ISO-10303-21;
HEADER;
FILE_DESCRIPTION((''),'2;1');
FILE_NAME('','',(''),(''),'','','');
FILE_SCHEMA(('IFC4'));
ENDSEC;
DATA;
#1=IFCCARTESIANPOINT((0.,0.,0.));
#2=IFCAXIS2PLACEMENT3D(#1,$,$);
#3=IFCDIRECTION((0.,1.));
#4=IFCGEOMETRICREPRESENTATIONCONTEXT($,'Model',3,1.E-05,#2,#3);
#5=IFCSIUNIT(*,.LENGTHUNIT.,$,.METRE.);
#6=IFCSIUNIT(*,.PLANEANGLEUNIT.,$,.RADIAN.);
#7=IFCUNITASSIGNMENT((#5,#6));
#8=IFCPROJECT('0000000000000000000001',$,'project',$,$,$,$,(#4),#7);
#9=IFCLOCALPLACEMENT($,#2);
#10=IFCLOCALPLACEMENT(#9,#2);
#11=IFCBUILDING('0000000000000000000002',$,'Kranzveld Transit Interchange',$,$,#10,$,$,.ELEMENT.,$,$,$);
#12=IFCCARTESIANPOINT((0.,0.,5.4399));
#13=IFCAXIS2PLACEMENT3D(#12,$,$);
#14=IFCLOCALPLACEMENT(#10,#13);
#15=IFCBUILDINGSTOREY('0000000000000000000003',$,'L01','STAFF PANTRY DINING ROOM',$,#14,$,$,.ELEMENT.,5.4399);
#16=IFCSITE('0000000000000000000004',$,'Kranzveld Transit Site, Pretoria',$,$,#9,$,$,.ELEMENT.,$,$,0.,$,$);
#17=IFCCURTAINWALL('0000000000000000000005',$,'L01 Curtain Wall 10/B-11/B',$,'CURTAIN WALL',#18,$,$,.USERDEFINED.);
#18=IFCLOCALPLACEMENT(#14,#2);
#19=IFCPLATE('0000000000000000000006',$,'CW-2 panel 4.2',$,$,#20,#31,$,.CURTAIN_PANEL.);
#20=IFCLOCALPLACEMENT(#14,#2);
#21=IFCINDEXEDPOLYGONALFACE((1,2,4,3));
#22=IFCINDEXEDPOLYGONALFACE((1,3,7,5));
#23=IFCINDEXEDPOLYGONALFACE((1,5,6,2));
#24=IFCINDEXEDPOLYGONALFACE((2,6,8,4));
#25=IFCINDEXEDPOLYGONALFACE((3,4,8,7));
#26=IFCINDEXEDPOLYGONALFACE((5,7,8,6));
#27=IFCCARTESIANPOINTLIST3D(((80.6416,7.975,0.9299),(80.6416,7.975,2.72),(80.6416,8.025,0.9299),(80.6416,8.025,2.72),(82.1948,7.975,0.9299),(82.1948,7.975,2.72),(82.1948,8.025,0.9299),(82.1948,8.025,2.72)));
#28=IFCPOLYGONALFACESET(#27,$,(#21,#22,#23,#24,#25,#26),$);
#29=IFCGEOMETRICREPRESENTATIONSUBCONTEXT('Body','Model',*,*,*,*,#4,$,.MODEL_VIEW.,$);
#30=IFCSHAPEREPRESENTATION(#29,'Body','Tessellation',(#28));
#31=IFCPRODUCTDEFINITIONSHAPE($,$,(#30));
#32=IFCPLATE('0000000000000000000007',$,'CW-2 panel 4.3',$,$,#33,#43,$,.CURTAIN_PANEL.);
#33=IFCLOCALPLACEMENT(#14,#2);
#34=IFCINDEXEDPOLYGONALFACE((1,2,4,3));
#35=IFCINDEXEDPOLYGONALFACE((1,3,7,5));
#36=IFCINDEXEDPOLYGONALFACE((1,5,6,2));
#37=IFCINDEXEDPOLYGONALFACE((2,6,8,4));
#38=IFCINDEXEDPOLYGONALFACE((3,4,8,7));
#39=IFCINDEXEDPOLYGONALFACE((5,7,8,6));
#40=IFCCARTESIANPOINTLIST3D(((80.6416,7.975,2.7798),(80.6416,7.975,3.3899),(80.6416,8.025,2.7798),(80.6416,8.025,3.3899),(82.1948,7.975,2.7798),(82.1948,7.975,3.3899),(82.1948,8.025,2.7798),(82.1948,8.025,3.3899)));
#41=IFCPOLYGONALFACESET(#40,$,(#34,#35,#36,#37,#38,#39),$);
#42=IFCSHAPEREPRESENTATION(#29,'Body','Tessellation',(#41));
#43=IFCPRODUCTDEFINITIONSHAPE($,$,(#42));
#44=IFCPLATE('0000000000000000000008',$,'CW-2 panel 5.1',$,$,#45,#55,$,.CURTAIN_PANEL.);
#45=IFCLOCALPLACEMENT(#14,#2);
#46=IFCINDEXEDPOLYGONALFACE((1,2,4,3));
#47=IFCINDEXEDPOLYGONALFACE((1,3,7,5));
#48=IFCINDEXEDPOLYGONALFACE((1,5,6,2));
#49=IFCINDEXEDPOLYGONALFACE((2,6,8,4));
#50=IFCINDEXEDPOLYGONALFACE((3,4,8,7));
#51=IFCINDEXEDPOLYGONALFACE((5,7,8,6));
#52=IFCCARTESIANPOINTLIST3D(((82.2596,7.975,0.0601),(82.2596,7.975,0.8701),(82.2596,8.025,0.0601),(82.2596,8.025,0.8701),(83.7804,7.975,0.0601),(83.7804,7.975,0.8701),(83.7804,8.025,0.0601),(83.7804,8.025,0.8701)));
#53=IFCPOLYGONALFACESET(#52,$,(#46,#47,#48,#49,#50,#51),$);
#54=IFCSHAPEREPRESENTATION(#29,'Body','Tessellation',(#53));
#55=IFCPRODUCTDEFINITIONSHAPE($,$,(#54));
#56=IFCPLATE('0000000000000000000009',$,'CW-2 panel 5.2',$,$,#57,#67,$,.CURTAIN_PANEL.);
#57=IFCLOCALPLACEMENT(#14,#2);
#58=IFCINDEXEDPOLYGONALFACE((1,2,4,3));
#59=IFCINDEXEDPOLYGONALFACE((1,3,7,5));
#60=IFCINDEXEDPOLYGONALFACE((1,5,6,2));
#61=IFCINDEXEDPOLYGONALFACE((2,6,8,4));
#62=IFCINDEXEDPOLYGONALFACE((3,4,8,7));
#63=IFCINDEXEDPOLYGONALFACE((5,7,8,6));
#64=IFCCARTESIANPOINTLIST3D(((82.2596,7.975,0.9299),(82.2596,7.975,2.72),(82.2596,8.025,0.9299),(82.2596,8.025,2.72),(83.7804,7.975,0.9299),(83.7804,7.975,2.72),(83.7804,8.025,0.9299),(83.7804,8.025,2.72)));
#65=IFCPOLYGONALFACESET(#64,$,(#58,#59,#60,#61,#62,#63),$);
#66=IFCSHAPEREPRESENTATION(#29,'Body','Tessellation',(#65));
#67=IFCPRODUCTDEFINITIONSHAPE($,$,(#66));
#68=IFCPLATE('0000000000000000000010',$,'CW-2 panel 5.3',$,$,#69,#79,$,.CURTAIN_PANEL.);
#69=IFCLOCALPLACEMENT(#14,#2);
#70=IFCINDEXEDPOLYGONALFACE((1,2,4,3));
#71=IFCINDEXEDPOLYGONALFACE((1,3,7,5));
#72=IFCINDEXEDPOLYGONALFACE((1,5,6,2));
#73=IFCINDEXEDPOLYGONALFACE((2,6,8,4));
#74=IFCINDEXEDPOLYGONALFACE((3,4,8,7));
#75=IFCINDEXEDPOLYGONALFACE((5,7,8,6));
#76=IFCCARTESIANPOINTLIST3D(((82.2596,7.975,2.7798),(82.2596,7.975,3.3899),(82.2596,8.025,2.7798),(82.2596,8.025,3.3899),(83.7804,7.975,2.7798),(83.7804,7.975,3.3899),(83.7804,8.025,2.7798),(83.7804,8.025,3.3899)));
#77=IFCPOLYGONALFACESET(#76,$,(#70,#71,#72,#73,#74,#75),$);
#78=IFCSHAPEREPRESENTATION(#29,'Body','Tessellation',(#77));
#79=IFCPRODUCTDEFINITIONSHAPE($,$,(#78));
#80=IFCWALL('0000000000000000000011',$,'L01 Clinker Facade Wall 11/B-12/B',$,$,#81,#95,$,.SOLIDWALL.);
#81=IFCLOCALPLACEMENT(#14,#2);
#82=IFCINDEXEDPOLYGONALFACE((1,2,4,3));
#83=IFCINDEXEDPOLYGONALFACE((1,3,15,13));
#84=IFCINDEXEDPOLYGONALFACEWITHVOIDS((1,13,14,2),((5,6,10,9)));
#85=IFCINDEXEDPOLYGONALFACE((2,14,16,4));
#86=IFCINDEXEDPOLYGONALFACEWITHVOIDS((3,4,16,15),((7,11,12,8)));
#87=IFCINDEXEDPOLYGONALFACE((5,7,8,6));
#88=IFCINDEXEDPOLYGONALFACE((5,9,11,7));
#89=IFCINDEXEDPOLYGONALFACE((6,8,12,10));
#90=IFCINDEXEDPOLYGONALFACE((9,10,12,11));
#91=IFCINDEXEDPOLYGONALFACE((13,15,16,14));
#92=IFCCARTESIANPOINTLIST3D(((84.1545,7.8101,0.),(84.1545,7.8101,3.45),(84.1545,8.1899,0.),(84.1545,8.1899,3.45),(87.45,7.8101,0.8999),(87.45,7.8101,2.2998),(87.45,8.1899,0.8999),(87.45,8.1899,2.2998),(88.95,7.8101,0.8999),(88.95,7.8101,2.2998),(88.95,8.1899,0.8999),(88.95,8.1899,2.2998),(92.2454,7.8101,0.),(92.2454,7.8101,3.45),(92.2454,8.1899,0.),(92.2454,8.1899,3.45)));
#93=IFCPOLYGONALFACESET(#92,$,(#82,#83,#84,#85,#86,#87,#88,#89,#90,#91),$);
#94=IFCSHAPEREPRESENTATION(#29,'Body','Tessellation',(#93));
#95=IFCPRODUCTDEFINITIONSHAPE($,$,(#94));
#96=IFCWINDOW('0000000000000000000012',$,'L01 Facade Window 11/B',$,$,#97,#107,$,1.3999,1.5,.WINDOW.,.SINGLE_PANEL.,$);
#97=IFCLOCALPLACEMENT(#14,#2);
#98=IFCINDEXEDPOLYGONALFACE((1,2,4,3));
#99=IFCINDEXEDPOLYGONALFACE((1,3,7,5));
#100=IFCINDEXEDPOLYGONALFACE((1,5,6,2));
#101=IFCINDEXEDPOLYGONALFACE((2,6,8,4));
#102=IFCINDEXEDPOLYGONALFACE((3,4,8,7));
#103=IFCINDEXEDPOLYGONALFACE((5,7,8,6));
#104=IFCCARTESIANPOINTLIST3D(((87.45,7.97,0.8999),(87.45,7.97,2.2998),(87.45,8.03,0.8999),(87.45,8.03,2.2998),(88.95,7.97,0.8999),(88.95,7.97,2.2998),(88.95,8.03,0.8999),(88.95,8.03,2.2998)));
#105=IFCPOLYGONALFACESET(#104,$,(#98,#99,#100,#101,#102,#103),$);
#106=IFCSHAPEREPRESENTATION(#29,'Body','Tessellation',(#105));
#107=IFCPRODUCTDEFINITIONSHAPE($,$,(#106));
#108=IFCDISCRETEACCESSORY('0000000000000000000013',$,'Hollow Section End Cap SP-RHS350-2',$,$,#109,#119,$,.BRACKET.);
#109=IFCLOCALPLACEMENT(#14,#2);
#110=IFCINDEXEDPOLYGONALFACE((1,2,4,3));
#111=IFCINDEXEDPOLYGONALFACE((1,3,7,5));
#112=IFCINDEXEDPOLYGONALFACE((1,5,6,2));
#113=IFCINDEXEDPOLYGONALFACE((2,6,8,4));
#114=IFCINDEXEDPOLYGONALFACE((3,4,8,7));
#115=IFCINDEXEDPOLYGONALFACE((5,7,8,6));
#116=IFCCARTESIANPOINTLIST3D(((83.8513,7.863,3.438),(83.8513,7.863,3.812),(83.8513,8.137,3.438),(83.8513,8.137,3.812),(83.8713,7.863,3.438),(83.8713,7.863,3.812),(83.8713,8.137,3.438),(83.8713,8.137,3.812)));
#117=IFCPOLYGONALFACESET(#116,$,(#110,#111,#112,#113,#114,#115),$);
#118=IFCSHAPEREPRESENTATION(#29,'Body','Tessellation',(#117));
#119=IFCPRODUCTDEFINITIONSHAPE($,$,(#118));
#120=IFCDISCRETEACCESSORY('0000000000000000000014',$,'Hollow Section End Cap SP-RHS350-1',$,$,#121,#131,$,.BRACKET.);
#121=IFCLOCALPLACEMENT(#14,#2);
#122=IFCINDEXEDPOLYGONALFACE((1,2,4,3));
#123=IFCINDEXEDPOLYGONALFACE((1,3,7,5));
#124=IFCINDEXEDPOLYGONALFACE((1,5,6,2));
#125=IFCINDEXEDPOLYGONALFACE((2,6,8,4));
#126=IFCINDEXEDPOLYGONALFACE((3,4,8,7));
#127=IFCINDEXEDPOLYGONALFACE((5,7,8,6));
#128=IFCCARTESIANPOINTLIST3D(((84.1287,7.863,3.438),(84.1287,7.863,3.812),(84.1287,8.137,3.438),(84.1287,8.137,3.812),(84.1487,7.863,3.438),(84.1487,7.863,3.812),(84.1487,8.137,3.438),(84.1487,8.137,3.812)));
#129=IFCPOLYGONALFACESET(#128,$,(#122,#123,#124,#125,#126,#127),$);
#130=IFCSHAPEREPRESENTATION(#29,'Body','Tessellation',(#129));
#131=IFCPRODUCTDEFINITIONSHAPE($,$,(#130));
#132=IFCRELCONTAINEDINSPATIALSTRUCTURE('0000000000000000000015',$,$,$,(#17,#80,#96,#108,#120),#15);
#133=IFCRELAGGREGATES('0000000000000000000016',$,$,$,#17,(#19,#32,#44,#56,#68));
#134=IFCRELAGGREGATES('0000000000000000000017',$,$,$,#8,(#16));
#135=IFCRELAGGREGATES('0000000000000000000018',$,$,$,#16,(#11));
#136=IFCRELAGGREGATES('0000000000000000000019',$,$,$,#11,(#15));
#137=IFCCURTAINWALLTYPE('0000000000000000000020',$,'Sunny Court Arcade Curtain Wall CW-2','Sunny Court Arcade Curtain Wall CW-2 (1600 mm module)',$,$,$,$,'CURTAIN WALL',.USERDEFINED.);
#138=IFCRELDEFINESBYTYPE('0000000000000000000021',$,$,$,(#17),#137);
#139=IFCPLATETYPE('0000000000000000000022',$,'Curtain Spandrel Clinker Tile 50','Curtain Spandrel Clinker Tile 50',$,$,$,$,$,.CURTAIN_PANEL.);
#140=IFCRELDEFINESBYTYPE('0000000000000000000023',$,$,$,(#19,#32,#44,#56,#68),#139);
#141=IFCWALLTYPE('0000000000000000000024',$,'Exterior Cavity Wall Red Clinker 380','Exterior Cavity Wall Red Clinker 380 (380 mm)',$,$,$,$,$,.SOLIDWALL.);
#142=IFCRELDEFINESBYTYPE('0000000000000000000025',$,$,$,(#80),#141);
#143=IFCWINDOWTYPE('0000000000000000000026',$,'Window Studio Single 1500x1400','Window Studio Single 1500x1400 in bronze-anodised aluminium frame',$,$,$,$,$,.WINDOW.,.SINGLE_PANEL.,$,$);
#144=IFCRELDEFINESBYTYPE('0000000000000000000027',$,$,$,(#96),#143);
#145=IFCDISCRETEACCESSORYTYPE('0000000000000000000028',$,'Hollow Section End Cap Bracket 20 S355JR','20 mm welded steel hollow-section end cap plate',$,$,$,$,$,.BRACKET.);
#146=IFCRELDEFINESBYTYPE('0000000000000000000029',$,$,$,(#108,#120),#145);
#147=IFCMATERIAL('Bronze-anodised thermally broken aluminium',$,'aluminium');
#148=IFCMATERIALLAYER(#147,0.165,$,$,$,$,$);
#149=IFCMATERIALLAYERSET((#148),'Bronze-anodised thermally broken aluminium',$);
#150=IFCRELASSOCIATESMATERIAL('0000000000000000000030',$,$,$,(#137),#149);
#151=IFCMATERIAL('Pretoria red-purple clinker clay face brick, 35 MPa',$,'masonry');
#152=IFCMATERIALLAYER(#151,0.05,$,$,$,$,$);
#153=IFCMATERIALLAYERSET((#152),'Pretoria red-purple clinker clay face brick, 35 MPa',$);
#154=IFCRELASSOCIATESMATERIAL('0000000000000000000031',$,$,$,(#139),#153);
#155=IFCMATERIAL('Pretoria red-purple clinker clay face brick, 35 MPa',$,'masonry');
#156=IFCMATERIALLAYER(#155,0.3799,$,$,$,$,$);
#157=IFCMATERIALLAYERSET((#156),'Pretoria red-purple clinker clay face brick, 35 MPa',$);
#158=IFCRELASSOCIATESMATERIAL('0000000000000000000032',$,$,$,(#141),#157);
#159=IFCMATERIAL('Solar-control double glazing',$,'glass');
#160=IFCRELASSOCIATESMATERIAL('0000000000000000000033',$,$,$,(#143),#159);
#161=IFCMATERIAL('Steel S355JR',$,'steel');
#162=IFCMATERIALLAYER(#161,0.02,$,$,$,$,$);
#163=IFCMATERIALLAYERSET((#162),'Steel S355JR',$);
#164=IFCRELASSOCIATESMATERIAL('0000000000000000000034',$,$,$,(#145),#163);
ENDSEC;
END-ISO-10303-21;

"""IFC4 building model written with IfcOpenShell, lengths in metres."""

from ifc_helpers import new_model, si_unit, direction, frame, frame_2d, origin, origin_2d, place, context, subcontext, project, spatial, rectangle, extrude, material, layer, layer_set, type_object, element, fill, aggregate, save


model = new_model("IFC4")

# Units and contexts
model_context = context("Model", 3, precision=1e-05, world=origin(), true_north=direction((0.0, 1.0)))
body_context = subcontext(model_context, "Body", "Model", "MODEL_VIEW")
ifc_project = project(units=[si_unit("LENGTHUNIT", "METRE"), si_unit("PLANEANGLEUNIT", "RADIAN")], contexts=[model_context])

# Site, building, storey
site_placement = place(None, origin())
site = spatial("IfcSite", under=ifc_project, at=site_placement, Name="Kranzveld Transit Site, Pretoria", CompositionType="ELEMENT", RefElevation=0.0)
building_placement = place(site_placement, origin())
building = spatial("IfcBuilding", under=site, at=building_placement, Name="Kranzveld Transit Interchange", CompositionType="ELEMENT")
storey_placement = place(building_placement, frame((0.0, 0.0, 5.4399)))
storey = spatial("IfcBuildingStorey", under=building, at=storey_placement, Name="L01", Description="STAFF PANTRY DINING ROOM", CompositionType="ELEMENT", Elevation=5.4399)

# Curtain wall
ifc_material_1 = material(Name="Bronze-anodised thermally broken aluminium", Category="aluminium")
ifc_layer_1 = layer(ifc_material_1, 0.165)
ifc_layer_set_1 = layer_set([ifc_layer_1], Name="Bronze-anodised thermally broken aluminium")
curtain_wall_type = type_object("IfcCurtainWallType", Name="Sunny Court Arcade Curtain Wall CW-2", Description="Sunny Court Arcade Curtain Wall CW-2 (1600 mm module)", ElementType="CURTAIN WALL", PredefinedType="USERDEFINED", material=ifc_layer_set_1)
curtain_wall_placement = place(storey_placement, origin())
curtain_wall = element("IfcCurtainWall", 1, at=curtain_wall_placement, inside=storey, type_object=curtain_wall_type, Name="L01 Curtain Wall 10/B-11/B", ObjectType="CURTAIN WALL", PredefinedType="USERDEFINED")

# Plates
ifc_material_2 = material(Name="Pretoria red-purple clinker clay face brick, 35 MPa", Category="masonry")
ifc_layer_2 = layer(ifc_material_2, 0.05)
ifc_layer_set_2 = layer_set([ifc_layer_2], Name="Pretoria red-purple clinker clay face brick, 35 MPa")
plate_type = type_object("IfcPlateType", Name="Curtain Spandrel Clinker Tile 50", Description="Curtain Spandrel Clinker Tile 50", PredefinedType="CURTAIN_PANEL", material=ifc_layer_set_2)
plate_1_placement = place(storey_placement, frame((81.4182, 8.0, 0.9299), z_axis=(0.0, 0.0, 1.0), x_axis=(1.0, 0.0, 0.0)))
plate_1 = element("IfcPlate", 2, at=plate_1_placement, type_object=plate_type, Name="CW-2 panel 4.2", PredefinedType="CURTAIN_PANEL", context=body_context, shape_type="SweptSolid", body=[
    extrude(rectangle(XDim=1.5532, YDim=0.05, at=origin_2d()), origin(), (0.0, 0.0, 1.0), 1.79),
])
plate_2_placement = place(storey_placement, frame((81.4182, 8.0, 2.7798), z_axis=(0.0, 0.0, 1.0), x_axis=(1.0, 0.0, 0.0)))
plate_2 = element("IfcPlate", 3, at=plate_2_placement, type_object=plate_type, Name="CW-2 panel 4.3", PredefinedType="CURTAIN_PANEL", context=body_context, shape_type="SweptSolid", body=[
    extrude(rectangle(XDim=1.5532, YDim=0.05, at=origin_2d()), origin(), (0.0, 0.0, 1.0), 0.6101),
])
plate_3_placement = place(storey_placement, frame((83.02, 8.0, 0.0601), z_axis=(0.0, 0.0, 1.0), x_axis=(1.0, 0.0, 0.0)))
plate_3 = element("IfcPlate", 4, at=plate_3_placement, type_object=plate_type, Name="CW-2 panel 5.1", PredefinedType="CURTAIN_PANEL", context=body_context, shape_type="SweptSolid", body=[
    extrude(rectangle(XDim=1.5208, YDim=0.05, at=origin_2d()), origin(), (0.0, 0.0, 1.0), 0.8101),
])
plate_4_placement = place(storey_placement, frame((83.02, 8.0, 0.9299), z_axis=(0.0, 0.0, 1.0), x_axis=(1.0, 0.0, 0.0)))
plate_4 = element("IfcPlate", 5, at=plate_4_placement, type_object=plate_type, Name="CW-2 panel 5.2", PredefinedType="CURTAIN_PANEL", context=body_context, shape_type="SweptSolid", body=[
    extrude(rectangle(XDim=1.5208, YDim=0.05, at=origin_2d()), origin(), (0.0, 0.0, 1.0), 1.79),
])
plate_5_placement = place(storey_placement, frame((83.02, 8.0, 2.7798), z_axis=(0.0, 0.0, 1.0), x_axis=(1.0, 0.0, 0.0)))
plate_5 = element("IfcPlate", 6, at=plate_5_placement, type_object=plate_type, Name="CW-2 panel 5.3", PredefinedType="CURTAIN_PANEL", context=body_context, shape_type="SweptSolid", body=[
    extrude(rectangle(XDim=1.5208, YDim=0.05, at=origin_2d()), origin(), (0.0, 0.0, 1.0), 0.6101),
])
aggregate(curtain_wall, [plate_1, plate_2, plate_3, plate_4, plate_5])

# Wall, opening, window
ifc_material_3 = material(Name="Pretoria red-purple clinker clay face brick, 35 MPa", Category="masonry")
ifc_layer_3 = layer(ifc_material_3, 0.3799)
ifc_layer_set_3 = layer_set([ifc_layer_3], Name="Pretoria red-purple clinker clay face brick, 35 MPa")
wall_type = type_object("IfcWallType", Name="Exterior Cavity Wall Red Clinker 380", Description="Exterior Cavity Wall Red Clinker 380 (380 mm)", PredefinedType="SOLIDWALL", material=ifc_layer_set_3)
wall_placement = place(storey_placement, frame((84.1545, 8.0, 0.0), z_axis=(0.0, 0.0, 1.0), x_axis=(1.0, 0.0, 0.0)))
wall = element("IfcWall", 7, at=wall_placement, inside=storey, type_object=wall_type, Name="L01 Clinker Facade Wall 11/B-12/B", PredefinedType="SOLIDWALL", context=body_context, shape_type="SweptSolid", body=[
    extrude(rectangle(XDim=8.0908, YDim=0.3799, at=frame_2d((4.0454, 0.0))), origin(), (0.0, 0.0, 1.0), 3.45),
])
opening_placement = place(wall_placement, frame((3.2954, 0.0, 0.8999), z_axis=(0.0, 0.0, 1.0), x_axis=(1.0, 0.0, 0.0)))
opening = element("IfcOpeningElement", 8, at=opening_placement, cuts=wall, PredefinedType="OPENING", context=body_context, shape_type="SweptSolid", body=[
    extrude(rectangle(XDim=1.5, YDim=1.3999, at=frame_2d((0.75, 0.7))), frame((0.0, 0.2, 0.0), z_axis=(0.0, -1.0, 0.0), x_axis=(1.0, 0.0, 0.0)), (0.0, 0.0, 1.0), 0.3999),
])
ifc_material_4 = material(Name="Solar-control double glazing", Category="glass")
window_type = type_object("IfcWindowType", Name="Window Studio Single 1500x1400", Description="Window Studio Single 1500x1400 in bronze-anodised aluminium frame", PartitioningType="SINGLE_PANEL", PredefinedType="WINDOW", material=ifc_material_4)
window_placement = place(opening_placement, origin())
window = element("IfcWindow", 9, at=window_placement, inside=storey, type_object=window_type, Name="L01 Facade Window 11/B", OverallHeight=1.3999, OverallWidth=1.5, PartitioningType="SINGLE_PANEL", PredefinedType="WINDOW", context=body_context, shape_type="SweptSolid", body=[
    extrude(rectangle(XDim=1.5, YDim=1.3999, at=frame_2d((0.75, 0.7))), frame((0.0, 0.03, 0.0), z_axis=(0.0, -1.0, 0.0), x_axis=(1.0, 0.0, 0.0)), (0.0, 0.0, 1.0), 0.0601),
])
fill(opening, window)

# Discrete accessories
ifc_material_5 = material(Name="Steel S355JR", Category="steel")
ifc_layer_4 = layer(ifc_material_5, 0.02)
ifc_layer_set_4 = layer_set([ifc_layer_4], Name="Steel S355JR")
discrete_accessory_type = type_object("IfcDiscreteAccessoryType", Name="Hollow Section End Cap Bracket 20 S355JR", Description="20 mm welded steel hollow-section end cap plate", PredefinedType="BRACKET", material=ifc_layer_set_4)
for number, where, z_axis, x_axis, name in (
    (10, (83.8513, 8.0, 3.625), (1.0, 0.0, 0.0), (0.0, 1.0, 0.0), "Hollow Section End Cap SP-RHS350-2"),
    (11, (84.1487, 8.0, 3.625), (-1.0, 0.0, 0.0), (0.0, -1.0, 0.0), "Hollow Section End Cap SP-RHS350-1"),
):
    element("IfcDiscreteAccessory", number, at=place(storey_placement, frame(where, z_axis=z_axis, x_axis=x_axis)), inside=storey, type_object=discrete_accessory_type, Name=name, PredefinedType="BRACKET", context=body_context, shape_type="SweptSolid", body=[
        extrude(rectangle(XDim=0.2739, YDim=0.374, at=origin_2d()), origin(), (0.0, 0.0, 1.0), 0.02),
    ])

save(model, "model.ifc")
